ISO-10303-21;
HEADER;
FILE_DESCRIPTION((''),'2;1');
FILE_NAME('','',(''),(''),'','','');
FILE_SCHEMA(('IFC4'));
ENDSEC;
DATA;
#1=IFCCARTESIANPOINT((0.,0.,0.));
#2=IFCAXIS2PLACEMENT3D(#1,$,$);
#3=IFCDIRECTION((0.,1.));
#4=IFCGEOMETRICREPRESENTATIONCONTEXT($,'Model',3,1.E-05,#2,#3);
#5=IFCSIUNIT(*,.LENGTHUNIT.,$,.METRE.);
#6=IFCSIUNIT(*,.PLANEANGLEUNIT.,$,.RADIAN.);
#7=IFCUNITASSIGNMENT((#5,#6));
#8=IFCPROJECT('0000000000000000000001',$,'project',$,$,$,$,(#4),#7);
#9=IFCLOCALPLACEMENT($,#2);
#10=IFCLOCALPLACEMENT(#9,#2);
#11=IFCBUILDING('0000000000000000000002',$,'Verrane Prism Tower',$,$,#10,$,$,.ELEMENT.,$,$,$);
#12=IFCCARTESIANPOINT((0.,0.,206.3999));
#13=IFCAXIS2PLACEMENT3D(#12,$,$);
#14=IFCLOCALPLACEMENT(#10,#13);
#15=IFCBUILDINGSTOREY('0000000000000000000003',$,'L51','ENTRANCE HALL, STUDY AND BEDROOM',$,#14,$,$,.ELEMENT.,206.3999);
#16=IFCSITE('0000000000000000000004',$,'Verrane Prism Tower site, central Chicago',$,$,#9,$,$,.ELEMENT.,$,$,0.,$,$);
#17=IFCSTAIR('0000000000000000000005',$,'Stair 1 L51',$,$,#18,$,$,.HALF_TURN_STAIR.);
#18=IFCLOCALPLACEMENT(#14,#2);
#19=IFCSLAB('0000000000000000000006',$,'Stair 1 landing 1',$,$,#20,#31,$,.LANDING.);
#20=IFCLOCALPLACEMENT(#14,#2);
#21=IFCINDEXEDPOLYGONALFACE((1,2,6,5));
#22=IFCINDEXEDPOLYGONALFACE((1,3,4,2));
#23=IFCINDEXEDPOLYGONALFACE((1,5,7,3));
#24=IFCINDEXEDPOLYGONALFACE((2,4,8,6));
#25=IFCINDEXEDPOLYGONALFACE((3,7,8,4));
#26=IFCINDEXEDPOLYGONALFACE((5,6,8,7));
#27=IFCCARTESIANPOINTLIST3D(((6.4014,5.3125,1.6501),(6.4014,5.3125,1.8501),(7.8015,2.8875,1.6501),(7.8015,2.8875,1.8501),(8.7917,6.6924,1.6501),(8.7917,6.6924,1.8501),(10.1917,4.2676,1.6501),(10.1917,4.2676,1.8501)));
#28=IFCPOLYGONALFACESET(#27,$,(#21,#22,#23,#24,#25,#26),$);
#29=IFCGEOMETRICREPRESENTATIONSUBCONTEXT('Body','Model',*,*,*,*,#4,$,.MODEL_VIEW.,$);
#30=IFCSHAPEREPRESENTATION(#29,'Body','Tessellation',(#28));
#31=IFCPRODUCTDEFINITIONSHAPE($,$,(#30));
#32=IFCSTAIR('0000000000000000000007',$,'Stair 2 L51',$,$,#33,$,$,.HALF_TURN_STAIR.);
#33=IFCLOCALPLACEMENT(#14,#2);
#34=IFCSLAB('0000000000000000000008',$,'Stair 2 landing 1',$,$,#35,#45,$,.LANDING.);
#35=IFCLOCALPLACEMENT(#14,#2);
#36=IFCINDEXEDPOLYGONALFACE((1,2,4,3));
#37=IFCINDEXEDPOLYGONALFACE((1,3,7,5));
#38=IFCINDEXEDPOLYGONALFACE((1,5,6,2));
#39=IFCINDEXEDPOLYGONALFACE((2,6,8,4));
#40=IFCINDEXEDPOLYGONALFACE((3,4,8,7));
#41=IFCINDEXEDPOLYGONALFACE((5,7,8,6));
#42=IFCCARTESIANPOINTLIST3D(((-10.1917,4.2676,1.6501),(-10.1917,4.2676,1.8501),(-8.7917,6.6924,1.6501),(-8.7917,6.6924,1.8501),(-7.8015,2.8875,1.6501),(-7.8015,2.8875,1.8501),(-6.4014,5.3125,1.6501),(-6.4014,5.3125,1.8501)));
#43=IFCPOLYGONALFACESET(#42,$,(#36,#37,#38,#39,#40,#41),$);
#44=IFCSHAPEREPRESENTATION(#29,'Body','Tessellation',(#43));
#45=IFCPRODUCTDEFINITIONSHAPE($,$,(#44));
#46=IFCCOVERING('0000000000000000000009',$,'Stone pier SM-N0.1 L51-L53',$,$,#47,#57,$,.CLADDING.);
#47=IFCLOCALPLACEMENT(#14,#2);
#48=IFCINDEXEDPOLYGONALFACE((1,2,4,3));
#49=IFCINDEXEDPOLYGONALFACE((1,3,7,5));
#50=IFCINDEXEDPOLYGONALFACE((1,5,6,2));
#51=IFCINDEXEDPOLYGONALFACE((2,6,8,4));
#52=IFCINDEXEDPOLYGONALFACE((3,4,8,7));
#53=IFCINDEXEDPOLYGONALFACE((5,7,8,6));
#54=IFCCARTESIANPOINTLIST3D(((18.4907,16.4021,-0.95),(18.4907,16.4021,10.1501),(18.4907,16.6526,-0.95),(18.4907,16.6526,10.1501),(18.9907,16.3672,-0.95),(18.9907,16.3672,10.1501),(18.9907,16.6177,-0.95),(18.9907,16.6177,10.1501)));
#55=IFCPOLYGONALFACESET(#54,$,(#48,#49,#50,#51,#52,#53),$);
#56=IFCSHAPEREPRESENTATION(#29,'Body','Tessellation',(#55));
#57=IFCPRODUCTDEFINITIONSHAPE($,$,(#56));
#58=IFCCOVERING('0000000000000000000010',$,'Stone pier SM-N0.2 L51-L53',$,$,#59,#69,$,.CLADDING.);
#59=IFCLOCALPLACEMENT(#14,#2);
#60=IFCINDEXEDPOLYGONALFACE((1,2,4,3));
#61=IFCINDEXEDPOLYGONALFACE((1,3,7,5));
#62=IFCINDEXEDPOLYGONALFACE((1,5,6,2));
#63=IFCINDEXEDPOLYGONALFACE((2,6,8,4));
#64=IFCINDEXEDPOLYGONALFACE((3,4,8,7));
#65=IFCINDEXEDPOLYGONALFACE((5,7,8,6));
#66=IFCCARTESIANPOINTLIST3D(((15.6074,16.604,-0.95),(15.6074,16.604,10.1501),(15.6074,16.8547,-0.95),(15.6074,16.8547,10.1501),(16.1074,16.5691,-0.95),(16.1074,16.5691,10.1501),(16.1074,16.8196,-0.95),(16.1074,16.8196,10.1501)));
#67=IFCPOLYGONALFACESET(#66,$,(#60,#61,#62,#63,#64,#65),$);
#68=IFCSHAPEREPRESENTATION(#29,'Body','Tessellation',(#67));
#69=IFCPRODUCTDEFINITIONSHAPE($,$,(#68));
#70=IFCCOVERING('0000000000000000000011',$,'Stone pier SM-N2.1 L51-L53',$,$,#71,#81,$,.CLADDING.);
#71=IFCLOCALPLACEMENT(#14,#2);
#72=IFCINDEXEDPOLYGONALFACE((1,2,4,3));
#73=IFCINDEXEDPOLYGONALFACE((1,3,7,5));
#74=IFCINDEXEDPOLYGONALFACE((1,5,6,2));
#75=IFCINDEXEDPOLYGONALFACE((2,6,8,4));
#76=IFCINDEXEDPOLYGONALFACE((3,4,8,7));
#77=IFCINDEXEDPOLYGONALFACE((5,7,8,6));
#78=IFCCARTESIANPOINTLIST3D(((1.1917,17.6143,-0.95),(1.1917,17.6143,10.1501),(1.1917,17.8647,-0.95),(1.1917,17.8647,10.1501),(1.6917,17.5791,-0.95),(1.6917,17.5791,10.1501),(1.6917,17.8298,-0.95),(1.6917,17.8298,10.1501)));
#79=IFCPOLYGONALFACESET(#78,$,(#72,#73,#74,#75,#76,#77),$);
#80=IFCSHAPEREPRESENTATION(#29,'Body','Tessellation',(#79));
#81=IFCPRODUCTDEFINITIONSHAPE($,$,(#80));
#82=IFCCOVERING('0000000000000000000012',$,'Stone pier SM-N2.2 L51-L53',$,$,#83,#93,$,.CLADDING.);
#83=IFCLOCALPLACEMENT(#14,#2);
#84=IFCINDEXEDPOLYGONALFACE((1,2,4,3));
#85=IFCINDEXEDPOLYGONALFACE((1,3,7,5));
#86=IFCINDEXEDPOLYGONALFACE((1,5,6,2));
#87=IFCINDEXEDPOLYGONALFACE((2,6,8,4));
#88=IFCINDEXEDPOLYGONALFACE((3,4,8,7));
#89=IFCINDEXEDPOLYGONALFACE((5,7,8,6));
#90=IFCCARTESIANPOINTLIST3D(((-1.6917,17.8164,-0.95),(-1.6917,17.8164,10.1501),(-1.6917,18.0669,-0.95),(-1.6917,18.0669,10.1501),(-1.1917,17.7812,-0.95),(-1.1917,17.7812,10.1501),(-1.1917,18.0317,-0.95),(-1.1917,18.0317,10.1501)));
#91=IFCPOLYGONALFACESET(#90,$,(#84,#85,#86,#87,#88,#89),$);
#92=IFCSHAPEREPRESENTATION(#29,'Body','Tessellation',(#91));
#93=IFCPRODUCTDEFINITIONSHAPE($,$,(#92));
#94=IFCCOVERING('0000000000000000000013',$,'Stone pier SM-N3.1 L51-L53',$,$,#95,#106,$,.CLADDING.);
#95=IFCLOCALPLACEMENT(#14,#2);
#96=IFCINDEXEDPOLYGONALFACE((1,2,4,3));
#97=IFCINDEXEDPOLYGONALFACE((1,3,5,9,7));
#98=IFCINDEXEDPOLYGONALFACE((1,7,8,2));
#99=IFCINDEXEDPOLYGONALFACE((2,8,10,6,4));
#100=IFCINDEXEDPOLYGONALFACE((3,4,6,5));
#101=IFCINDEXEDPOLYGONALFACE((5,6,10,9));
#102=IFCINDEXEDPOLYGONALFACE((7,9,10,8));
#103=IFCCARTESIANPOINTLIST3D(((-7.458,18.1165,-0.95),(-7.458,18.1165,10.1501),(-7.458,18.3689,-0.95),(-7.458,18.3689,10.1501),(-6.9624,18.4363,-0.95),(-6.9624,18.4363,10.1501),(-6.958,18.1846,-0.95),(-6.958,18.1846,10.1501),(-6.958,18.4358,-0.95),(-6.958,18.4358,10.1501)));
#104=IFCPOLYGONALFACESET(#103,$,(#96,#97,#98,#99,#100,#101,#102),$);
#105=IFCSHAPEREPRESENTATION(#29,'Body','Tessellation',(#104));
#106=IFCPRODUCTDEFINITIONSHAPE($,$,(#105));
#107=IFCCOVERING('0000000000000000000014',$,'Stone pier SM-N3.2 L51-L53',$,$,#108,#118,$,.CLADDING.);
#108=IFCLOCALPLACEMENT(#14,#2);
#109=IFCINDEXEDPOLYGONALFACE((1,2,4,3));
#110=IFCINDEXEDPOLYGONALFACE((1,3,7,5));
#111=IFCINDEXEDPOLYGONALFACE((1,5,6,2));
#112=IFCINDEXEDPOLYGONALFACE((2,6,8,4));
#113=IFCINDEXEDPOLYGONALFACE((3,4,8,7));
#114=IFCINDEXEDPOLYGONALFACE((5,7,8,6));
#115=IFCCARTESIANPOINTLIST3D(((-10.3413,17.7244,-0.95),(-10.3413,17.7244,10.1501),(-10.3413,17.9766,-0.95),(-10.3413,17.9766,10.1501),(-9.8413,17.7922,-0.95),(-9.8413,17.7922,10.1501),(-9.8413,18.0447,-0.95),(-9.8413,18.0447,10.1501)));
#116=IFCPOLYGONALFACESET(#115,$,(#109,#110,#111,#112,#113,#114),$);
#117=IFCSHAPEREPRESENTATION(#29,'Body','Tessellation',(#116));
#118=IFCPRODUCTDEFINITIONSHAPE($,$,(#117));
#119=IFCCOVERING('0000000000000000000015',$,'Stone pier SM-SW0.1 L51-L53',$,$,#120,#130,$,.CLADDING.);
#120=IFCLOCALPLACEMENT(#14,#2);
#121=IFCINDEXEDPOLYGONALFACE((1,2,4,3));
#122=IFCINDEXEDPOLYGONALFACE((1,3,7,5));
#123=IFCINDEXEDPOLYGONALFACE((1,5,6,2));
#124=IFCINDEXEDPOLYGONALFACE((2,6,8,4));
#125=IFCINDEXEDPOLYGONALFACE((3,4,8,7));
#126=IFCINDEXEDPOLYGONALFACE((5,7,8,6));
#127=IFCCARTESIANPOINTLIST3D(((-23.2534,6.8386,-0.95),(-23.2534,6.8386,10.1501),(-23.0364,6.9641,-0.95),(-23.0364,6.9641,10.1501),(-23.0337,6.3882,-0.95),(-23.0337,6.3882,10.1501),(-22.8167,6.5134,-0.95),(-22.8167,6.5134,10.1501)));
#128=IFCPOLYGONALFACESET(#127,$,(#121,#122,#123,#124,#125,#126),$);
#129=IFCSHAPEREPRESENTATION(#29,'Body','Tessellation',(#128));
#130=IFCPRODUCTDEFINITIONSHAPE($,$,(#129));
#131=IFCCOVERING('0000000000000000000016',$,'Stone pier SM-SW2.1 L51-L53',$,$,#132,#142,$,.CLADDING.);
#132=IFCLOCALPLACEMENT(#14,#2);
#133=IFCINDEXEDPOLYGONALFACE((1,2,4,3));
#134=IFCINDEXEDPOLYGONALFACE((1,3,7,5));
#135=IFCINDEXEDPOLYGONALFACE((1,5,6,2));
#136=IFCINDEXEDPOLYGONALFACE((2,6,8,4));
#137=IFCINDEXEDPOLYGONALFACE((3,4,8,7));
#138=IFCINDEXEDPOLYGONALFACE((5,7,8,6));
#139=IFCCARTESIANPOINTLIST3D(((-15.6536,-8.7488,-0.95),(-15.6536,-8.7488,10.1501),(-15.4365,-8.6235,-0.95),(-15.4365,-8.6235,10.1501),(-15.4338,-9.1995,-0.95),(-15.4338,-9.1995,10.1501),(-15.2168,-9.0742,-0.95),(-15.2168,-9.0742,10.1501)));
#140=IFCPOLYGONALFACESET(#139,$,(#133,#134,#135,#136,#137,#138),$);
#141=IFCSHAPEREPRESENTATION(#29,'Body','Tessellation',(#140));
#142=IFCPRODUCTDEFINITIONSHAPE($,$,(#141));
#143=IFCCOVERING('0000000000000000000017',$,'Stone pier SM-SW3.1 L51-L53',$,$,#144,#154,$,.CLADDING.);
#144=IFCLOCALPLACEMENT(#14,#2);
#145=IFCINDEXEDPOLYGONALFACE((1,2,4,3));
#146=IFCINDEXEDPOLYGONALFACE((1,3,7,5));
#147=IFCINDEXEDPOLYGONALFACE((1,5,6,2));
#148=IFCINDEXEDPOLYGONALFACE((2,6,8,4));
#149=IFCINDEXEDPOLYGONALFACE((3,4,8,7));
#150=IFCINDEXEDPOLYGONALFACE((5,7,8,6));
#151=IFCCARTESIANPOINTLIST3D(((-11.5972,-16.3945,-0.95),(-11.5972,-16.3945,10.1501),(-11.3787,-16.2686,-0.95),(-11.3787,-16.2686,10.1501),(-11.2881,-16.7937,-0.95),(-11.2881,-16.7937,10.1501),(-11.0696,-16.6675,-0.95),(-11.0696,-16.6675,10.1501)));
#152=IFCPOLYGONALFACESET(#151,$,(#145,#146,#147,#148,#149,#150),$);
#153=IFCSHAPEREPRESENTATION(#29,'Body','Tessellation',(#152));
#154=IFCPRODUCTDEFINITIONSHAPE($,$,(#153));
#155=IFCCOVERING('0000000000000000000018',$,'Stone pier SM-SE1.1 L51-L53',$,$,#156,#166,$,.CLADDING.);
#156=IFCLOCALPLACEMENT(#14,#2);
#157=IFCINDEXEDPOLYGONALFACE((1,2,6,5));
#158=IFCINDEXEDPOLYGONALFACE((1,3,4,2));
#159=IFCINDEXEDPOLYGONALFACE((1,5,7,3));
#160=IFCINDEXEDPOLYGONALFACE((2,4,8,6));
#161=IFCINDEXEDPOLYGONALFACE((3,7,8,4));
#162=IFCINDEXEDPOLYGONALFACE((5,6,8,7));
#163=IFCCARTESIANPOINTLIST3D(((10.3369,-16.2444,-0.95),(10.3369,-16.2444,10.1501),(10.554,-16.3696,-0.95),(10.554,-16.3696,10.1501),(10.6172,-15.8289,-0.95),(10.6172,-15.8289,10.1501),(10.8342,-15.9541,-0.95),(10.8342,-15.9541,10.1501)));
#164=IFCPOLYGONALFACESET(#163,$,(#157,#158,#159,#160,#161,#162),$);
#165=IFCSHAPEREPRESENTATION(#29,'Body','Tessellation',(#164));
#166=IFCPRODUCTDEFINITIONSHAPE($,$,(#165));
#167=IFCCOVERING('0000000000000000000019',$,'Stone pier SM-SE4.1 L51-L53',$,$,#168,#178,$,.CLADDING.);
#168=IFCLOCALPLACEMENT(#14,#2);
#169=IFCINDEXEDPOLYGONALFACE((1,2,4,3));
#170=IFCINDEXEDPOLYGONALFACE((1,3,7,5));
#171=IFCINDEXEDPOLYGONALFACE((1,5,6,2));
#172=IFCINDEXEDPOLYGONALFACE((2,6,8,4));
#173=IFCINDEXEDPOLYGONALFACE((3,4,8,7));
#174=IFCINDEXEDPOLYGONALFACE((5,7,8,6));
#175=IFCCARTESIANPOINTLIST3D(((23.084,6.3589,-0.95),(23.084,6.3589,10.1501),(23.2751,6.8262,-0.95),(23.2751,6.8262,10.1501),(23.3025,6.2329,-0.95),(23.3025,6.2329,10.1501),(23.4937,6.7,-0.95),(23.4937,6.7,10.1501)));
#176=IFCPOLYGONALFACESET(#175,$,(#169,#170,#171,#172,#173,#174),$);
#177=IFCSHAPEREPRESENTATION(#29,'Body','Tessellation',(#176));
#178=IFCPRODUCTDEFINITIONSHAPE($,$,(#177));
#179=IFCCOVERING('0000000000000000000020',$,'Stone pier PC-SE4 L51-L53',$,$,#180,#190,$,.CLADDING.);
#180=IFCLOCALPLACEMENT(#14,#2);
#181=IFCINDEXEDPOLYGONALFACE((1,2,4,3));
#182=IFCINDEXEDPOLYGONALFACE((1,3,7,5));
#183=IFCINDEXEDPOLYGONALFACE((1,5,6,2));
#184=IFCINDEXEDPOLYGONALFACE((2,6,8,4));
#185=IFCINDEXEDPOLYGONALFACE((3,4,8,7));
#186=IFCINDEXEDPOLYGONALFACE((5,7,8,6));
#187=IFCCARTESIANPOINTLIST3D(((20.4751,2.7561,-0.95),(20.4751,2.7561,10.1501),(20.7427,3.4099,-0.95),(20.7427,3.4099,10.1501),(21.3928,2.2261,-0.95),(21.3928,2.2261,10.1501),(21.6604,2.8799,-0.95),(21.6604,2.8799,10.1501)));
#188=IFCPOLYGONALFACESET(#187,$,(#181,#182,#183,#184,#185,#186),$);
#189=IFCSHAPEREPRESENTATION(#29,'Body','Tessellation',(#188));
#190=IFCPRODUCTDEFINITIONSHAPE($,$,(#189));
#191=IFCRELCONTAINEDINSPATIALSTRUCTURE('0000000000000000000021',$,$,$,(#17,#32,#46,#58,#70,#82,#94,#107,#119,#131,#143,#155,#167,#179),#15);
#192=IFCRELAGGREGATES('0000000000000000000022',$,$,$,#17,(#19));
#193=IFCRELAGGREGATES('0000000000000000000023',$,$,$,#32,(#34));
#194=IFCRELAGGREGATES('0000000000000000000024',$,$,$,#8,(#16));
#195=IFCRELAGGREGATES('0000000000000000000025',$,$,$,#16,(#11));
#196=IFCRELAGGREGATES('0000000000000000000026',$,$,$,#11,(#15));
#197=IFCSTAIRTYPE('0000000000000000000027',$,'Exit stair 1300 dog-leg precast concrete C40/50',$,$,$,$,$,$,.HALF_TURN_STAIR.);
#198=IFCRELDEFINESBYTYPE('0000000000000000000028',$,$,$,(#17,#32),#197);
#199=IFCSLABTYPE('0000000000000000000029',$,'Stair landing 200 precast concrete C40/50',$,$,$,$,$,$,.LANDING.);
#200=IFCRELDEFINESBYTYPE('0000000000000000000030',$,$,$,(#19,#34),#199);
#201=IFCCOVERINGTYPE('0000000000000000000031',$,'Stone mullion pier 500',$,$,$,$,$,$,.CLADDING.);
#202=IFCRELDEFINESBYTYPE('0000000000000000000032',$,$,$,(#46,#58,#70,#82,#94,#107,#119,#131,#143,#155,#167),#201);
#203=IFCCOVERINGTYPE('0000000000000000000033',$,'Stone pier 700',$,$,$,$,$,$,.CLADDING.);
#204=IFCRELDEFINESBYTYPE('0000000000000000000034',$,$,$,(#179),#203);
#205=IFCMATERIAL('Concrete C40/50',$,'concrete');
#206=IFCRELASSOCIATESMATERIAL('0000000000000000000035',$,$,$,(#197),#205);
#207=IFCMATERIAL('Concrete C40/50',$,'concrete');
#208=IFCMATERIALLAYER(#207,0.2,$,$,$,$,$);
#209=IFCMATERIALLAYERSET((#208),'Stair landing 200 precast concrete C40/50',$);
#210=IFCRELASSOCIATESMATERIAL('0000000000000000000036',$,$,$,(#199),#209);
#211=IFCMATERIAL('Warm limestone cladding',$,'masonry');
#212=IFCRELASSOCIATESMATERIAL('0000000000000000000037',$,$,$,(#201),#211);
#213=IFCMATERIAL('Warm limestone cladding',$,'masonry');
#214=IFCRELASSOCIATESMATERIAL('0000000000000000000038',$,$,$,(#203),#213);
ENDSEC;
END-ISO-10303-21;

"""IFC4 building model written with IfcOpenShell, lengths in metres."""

from ifc_helpers import new_model, si_unit, direction, frame, origin, place, context, subcontext, project, spatial, polyline, outline, extrude, material, layer, layer_set, type_object, element, aggregate, save


model = new_model("IFC4")

# Units and contexts
model_context = context("Model", 3, precision=1e-05, world=origin(), true_north=direction((0.0, 1.0)))
body_context = subcontext(model_context, "Body", "Model", "MODEL_VIEW")
ifc_project = project(units=[si_unit("LENGTHUNIT", "METRE"), si_unit("PLANEANGLEUNIT", "RADIAN")], contexts=[model_context])

# Site, building, storey
site_placement = place(None, origin())
site = spatial("IfcSite", under=ifc_project, at=site_placement, Name="Verrane Prism Tower site, central Chicago", CompositionType="ELEMENT", RefElevation=0.0)
building_placement = place(site_placement, origin())
building = spatial("IfcBuilding", under=site, at=building_placement, Name="Verrane Prism Tower", CompositionType="ELEMENT")
storey_placement = place(building_placement, frame((0.0, 0.0, 206.3999)))
storey = spatial("IfcBuildingStorey", under=building, at=storey_placement, Name="L51", Description="ENTRANCE HALL, STUDY AND BEDROOM", CompositionType="ELEMENT", Elevation=206.3999)

# Stairs, slabs
ifc_material_1 = material(Name="Concrete C40/50", Category="concrete")
stair_type = type_object("IfcStairType", Name="Exit stair 1300 dog-leg precast concrete C40/50", PredefinedType="HALF_TURN_STAIR", material=ifc_material_1)
stair_1_placement = place(storey_placement, origin())
stair_1 = element("IfcStair", 1, at=stair_1_placement, inside=storey, type_object=stair_type, Name="Stair 1 L51", PredefinedType="HALF_TURN_STAIR")
ifc_material_2 = material(Name="Concrete C40/50", Category="concrete")
ifc_layer_1 = layer(ifc_material_2, 0.2)
ifc_layer_set_1 = layer_set([ifc_layer_1], Name="Stair landing 200 precast concrete C40/50")
slab_type = type_object("IfcSlabType", Name="Stair landing 200 precast concrete C40/50", PredefinedType="LANDING", material=ifc_layer_set_1)
slab_1_placement = place(storey_placement, frame((0.0, 0.0, 1.6501)))
slab_1 = element("IfcSlab", 2, at=slab_1_placement, type_object=slab_type, Name="Stair 1 landing 1", PredefinedType="LANDING", context=body_context, shape_type="SweptSolid", body=[
    extrude(outline(polyline([(8.7917, 6.6924), (6.4014, 5.3125), (7.8015, 2.8875), (10.1917, 4.2676), (8.7917, 6.6924)])), origin(), (0.0, 0.0, 1.0), 0.2),
])
aggregate(stair_1, [slab_1])
stair_2_placement = place(storey_placement, origin())
stair_2 = element("IfcStair", 3, at=stair_2_placement, inside=storey, type_object=stair_type, Name="Stair 2 L51", PredefinedType="HALF_TURN_STAIR")
slab_2_placement = place(storey_placement, frame((0.0, 0.0, 1.6501)))
slab_2 = element("IfcSlab", 4, at=slab_2_placement, type_object=slab_type, Name="Stair 2 landing 1", PredefinedType="LANDING", context=body_context, shape_type="SweptSolid", body=[
    extrude(outline(polyline([(-10.1917, 4.2676), (-7.8015, 2.8875), (-6.4014, 5.3125), (-8.7917, 6.6924), (-10.1917, 4.2676)])), origin(), (0.0, 0.0, 1.0), 0.2),
])
aggregate(stair_2, [slab_2])

# Coverings
ifc_material_3 = material(Name="Warm limestone cladding", Category="masonry")
covering_type_1 = type_object("IfcCoveringType", Name="Stone mullion pier 500", PredefinedType="CLADDING", material=ifc_material_3)
covering_1_placement = place(storey_placement, frame((0.0, 0.0, -0.95)))
element("IfcCovering", 5, at=covering_1_placement, inside=storey, type_object=covering_type_1, Name="Stone pier SM-N0.1 L51-L53", PredefinedType="CLADDING", context=body_context, shape_type="SweptSolid", body=[
    extrude(outline(polyline([(18.4907, 16.4021), (18.9907, 16.3672), (18.9907, 16.6177), (18.4907, 16.6526), (18.4907, 16.4021)])), origin(), (0.0, 0.0, 1.0), 11.1001),
])
covering_2_placement = place(storey_placement, frame((0.0, 0.0, -0.95)))
element("IfcCovering", 6, at=covering_2_placement, inside=storey, type_object=covering_type_1, Name="Stone pier SM-N0.2 L51-L53", PredefinedType="CLADDING", context=body_context, shape_type="SweptSolid", body=[
    extrude(outline(polyline([(15.6074, 16.604), (16.1074, 16.5691), (16.1074, 16.8196), (15.6074, 16.8547), (15.6074, 16.604)])), origin(), (0.0, 0.0, 1.0), 11.1001),
])
covering_3_placement = place(storey_placement, frame((0.0, 0.0, -0.95)))
element("IfcCovering", 7, at=covering_3_placement, inside=storey, type_object=covering_type_1, Name="Stone pier SM-N2.1 L51-L53", PredefinedType="CLADDING", context=body_context, shape_type="SweptSolid", body=[
    extrude(outline(polyline([(1.1917, 17.6143), (1.6917, 17.5791), (1.6917, 17.8298), (1.1917, 17.8647), (1.1917, 17.6143)])), origin(), (0.0, 0.0, 1.0), 11.1001),
])
covering_4_placement = place(storey_placement, frame((0.0, 0.0, -0.95)))
element("IfcCovering", 8, at=covering_4_placement, inside=storey, type_object=covering_type_1, Name="Stone pier SM-N2.2 L51-L53", PredefinedType="CLADDING", context=body_context, shape_type="SweptSolid", body=[
    extrude(outline(polyline([(-1.6917, 17.8164), (-1.1917, 17.7812), (-1.1917, 18.0317), (-1.6917, 18.0669), (-1.6917, 17.8164)])), origin(), (0.0, 0.0, 1.0), 11.1001),
])
covering_5_placement = place(storey_placement, frame((0.0, 0.0, -0.95)))
element("IfcCovering", 9, at=covering_5_placement, inside=storey, type_object=covering_type_1, Name="Stone pier SM-N3.1 L51-L53", PredefinedType="CLADDING", context=body_context, shape_type="SweptSolid", body=[
    extrude(outline(polyline([(-7.458, 18.1165), (-6.958, 18.1846), (-6.958, 18.4358), (-6.9624, 18.4363), (-7.458, 18.3689), (-7.458, 18.1165)])), origin(), (0.0, 0.0, 1.0), 11.1001),
])
covering_6_placement = place(storey_placement, frame((0.0, 0.0, -0.95)))
element("IfcCovering", 10, at=covering_6_placement, inside=storey, type_object=covering_type_1, Name="Stone pier SM-N3.2 L51-L53", PredefinedType="CLADDING", context=body_context, shape_type="SweptSolid", body=[
    extrude(outline(polyline([(-10.3413, 17.7244), (-9.8413, 17.7922), (-9.8413, 18.0447), (-10.3413, 17.9766), (-10.3413, 17.7244)])), origin(), (0.0, 0.0, 1.0), 11.1001),
])
covering_7_placement = place(storey_placement, frame((0.0, 0.0, -0.95)))
element("IfcCovering", 11, at=covering_7_placement, inside=storey, type_object=covering_type_1, Name="Stone pier SM-SW0.1 L51-L53", PredefinedType="CLADDING", context=body_context, shape_type="SweptSolid", body=[
    extrude(outline(polyline([(-22.8167, 6.5134), (-23.0364, 6.9641), (-23.2534, 6.8386), (-23.0337, 6.3882), (-22.8167, 6.5134)])), origin(), (0.0, 0.0, 1.0), 11.1001),
])
covering_8_placement = place(storey_placement, frame((0.0, 0.0, -0.95)))
element("IfcCovering", 12, at=covering_8_placement, inside=storey, type_object=covering_type_1, Name="Stone pier SM-SW2.1 L51-L53", PredefinedType="CLADDING", context=body_context, shape_type="SweptSolid", body=[
    extrude(outline(polyline([(-15.2168, -9.0742), (-15.4365, -8.6235), (-15.6536, -8.7488), (-15.4338, -9.1995), (-15.2168, -9.0742)])), origin(), (0.0, 0.0, 1.0), 11.1001),
])
covering_9_placement = place(storey_placement, frame((0.0, 0.0, -0.95)))
element("IfcCovering", 13, at=covering_9_placement, inside=storey, type_object=covering_type_1, Name="Stone pier SM-SW3.1 L51-L53", PredefinedType="CLADDING", context=body_context, shape_type="SweptSolid", body=[
    extrude(outline(polyline([(-11.0696, -16.6675), (-11.3787, -16.2686), (-11.5972, -16.3945), (-11.2881, -16.7937), (-11.0696, -16.6675)])), origin(), (0.0, 0.0, 1.0), 11.1001),
])
covering_10_placement = place(storey_placement, frame((0.0, 0.0, -0.95)))
element("IfcCovering", 14, at=covering_10_placement, inside=storey, type_object=covering_type_1, Name="Stone pier SM-SE1.1 L51-L53", PredefinedType="CLADDING", context=body_context, shape_type="SweptSolid", body=[
    extrude(outline(polyline([(10.6172, -15.8289), (10.3369, -16.2444), (10.554, -16.3696), (10.8342, -15.9541), (10.6172, -15.8289)])), origin(), (0.0, 0.0, 1.0), 11.1001),
])
covering_11_placement = place(storey_placement, frame((0.0, 0.0, -0.95)))
element("IfcCovering", 15, at=covering_11_placement, inside=storey, type_object=covering_type_1, Name="Stone pier SM-SE4.1 L51-L53", PredefinedType="CLADDING", context=body_context, shape_type="SweptSolid", body=[
    extrude(outline(polyline([(23.2751, 6.8262), (23.084, 6.3589), (23.3025, 6.2329), (23.4937, 6.7), (23.2751, 6.8262)])), origin(), (0.0, 0.0, 1.0), 11.1001),
])
ifc_material_4 = material(Name="Warm limestone cladding", Category="masonry")
covering_type_2 = type_object("IfcCoveringType", Name="Stone pier 700", PredefinedType="CLADDING", material=ifc_material_4)
covering_12_placement = place(storey_placement, frame((0.0, 0.0, -0.95)))
element("IfcCovering", 16, at=covering_12_placement, inside=storey, type_object=covering_type_2, Name="Stone pier PC-SE4 L51-L53", PredefinedType="CLADDING", context=body_context, shape_type="SweptSolid", body=[
    extrude(outline(polyline([(21.6604, 2.8799), (20.7427, 3.4099), (20.4751, 2.7561), (21.3928, 2.2261), (21.6604, 2.8799)])), origin(), (0.0, 0.0, 1.0), 11.1001),
])

save(model, "model.ifc")
